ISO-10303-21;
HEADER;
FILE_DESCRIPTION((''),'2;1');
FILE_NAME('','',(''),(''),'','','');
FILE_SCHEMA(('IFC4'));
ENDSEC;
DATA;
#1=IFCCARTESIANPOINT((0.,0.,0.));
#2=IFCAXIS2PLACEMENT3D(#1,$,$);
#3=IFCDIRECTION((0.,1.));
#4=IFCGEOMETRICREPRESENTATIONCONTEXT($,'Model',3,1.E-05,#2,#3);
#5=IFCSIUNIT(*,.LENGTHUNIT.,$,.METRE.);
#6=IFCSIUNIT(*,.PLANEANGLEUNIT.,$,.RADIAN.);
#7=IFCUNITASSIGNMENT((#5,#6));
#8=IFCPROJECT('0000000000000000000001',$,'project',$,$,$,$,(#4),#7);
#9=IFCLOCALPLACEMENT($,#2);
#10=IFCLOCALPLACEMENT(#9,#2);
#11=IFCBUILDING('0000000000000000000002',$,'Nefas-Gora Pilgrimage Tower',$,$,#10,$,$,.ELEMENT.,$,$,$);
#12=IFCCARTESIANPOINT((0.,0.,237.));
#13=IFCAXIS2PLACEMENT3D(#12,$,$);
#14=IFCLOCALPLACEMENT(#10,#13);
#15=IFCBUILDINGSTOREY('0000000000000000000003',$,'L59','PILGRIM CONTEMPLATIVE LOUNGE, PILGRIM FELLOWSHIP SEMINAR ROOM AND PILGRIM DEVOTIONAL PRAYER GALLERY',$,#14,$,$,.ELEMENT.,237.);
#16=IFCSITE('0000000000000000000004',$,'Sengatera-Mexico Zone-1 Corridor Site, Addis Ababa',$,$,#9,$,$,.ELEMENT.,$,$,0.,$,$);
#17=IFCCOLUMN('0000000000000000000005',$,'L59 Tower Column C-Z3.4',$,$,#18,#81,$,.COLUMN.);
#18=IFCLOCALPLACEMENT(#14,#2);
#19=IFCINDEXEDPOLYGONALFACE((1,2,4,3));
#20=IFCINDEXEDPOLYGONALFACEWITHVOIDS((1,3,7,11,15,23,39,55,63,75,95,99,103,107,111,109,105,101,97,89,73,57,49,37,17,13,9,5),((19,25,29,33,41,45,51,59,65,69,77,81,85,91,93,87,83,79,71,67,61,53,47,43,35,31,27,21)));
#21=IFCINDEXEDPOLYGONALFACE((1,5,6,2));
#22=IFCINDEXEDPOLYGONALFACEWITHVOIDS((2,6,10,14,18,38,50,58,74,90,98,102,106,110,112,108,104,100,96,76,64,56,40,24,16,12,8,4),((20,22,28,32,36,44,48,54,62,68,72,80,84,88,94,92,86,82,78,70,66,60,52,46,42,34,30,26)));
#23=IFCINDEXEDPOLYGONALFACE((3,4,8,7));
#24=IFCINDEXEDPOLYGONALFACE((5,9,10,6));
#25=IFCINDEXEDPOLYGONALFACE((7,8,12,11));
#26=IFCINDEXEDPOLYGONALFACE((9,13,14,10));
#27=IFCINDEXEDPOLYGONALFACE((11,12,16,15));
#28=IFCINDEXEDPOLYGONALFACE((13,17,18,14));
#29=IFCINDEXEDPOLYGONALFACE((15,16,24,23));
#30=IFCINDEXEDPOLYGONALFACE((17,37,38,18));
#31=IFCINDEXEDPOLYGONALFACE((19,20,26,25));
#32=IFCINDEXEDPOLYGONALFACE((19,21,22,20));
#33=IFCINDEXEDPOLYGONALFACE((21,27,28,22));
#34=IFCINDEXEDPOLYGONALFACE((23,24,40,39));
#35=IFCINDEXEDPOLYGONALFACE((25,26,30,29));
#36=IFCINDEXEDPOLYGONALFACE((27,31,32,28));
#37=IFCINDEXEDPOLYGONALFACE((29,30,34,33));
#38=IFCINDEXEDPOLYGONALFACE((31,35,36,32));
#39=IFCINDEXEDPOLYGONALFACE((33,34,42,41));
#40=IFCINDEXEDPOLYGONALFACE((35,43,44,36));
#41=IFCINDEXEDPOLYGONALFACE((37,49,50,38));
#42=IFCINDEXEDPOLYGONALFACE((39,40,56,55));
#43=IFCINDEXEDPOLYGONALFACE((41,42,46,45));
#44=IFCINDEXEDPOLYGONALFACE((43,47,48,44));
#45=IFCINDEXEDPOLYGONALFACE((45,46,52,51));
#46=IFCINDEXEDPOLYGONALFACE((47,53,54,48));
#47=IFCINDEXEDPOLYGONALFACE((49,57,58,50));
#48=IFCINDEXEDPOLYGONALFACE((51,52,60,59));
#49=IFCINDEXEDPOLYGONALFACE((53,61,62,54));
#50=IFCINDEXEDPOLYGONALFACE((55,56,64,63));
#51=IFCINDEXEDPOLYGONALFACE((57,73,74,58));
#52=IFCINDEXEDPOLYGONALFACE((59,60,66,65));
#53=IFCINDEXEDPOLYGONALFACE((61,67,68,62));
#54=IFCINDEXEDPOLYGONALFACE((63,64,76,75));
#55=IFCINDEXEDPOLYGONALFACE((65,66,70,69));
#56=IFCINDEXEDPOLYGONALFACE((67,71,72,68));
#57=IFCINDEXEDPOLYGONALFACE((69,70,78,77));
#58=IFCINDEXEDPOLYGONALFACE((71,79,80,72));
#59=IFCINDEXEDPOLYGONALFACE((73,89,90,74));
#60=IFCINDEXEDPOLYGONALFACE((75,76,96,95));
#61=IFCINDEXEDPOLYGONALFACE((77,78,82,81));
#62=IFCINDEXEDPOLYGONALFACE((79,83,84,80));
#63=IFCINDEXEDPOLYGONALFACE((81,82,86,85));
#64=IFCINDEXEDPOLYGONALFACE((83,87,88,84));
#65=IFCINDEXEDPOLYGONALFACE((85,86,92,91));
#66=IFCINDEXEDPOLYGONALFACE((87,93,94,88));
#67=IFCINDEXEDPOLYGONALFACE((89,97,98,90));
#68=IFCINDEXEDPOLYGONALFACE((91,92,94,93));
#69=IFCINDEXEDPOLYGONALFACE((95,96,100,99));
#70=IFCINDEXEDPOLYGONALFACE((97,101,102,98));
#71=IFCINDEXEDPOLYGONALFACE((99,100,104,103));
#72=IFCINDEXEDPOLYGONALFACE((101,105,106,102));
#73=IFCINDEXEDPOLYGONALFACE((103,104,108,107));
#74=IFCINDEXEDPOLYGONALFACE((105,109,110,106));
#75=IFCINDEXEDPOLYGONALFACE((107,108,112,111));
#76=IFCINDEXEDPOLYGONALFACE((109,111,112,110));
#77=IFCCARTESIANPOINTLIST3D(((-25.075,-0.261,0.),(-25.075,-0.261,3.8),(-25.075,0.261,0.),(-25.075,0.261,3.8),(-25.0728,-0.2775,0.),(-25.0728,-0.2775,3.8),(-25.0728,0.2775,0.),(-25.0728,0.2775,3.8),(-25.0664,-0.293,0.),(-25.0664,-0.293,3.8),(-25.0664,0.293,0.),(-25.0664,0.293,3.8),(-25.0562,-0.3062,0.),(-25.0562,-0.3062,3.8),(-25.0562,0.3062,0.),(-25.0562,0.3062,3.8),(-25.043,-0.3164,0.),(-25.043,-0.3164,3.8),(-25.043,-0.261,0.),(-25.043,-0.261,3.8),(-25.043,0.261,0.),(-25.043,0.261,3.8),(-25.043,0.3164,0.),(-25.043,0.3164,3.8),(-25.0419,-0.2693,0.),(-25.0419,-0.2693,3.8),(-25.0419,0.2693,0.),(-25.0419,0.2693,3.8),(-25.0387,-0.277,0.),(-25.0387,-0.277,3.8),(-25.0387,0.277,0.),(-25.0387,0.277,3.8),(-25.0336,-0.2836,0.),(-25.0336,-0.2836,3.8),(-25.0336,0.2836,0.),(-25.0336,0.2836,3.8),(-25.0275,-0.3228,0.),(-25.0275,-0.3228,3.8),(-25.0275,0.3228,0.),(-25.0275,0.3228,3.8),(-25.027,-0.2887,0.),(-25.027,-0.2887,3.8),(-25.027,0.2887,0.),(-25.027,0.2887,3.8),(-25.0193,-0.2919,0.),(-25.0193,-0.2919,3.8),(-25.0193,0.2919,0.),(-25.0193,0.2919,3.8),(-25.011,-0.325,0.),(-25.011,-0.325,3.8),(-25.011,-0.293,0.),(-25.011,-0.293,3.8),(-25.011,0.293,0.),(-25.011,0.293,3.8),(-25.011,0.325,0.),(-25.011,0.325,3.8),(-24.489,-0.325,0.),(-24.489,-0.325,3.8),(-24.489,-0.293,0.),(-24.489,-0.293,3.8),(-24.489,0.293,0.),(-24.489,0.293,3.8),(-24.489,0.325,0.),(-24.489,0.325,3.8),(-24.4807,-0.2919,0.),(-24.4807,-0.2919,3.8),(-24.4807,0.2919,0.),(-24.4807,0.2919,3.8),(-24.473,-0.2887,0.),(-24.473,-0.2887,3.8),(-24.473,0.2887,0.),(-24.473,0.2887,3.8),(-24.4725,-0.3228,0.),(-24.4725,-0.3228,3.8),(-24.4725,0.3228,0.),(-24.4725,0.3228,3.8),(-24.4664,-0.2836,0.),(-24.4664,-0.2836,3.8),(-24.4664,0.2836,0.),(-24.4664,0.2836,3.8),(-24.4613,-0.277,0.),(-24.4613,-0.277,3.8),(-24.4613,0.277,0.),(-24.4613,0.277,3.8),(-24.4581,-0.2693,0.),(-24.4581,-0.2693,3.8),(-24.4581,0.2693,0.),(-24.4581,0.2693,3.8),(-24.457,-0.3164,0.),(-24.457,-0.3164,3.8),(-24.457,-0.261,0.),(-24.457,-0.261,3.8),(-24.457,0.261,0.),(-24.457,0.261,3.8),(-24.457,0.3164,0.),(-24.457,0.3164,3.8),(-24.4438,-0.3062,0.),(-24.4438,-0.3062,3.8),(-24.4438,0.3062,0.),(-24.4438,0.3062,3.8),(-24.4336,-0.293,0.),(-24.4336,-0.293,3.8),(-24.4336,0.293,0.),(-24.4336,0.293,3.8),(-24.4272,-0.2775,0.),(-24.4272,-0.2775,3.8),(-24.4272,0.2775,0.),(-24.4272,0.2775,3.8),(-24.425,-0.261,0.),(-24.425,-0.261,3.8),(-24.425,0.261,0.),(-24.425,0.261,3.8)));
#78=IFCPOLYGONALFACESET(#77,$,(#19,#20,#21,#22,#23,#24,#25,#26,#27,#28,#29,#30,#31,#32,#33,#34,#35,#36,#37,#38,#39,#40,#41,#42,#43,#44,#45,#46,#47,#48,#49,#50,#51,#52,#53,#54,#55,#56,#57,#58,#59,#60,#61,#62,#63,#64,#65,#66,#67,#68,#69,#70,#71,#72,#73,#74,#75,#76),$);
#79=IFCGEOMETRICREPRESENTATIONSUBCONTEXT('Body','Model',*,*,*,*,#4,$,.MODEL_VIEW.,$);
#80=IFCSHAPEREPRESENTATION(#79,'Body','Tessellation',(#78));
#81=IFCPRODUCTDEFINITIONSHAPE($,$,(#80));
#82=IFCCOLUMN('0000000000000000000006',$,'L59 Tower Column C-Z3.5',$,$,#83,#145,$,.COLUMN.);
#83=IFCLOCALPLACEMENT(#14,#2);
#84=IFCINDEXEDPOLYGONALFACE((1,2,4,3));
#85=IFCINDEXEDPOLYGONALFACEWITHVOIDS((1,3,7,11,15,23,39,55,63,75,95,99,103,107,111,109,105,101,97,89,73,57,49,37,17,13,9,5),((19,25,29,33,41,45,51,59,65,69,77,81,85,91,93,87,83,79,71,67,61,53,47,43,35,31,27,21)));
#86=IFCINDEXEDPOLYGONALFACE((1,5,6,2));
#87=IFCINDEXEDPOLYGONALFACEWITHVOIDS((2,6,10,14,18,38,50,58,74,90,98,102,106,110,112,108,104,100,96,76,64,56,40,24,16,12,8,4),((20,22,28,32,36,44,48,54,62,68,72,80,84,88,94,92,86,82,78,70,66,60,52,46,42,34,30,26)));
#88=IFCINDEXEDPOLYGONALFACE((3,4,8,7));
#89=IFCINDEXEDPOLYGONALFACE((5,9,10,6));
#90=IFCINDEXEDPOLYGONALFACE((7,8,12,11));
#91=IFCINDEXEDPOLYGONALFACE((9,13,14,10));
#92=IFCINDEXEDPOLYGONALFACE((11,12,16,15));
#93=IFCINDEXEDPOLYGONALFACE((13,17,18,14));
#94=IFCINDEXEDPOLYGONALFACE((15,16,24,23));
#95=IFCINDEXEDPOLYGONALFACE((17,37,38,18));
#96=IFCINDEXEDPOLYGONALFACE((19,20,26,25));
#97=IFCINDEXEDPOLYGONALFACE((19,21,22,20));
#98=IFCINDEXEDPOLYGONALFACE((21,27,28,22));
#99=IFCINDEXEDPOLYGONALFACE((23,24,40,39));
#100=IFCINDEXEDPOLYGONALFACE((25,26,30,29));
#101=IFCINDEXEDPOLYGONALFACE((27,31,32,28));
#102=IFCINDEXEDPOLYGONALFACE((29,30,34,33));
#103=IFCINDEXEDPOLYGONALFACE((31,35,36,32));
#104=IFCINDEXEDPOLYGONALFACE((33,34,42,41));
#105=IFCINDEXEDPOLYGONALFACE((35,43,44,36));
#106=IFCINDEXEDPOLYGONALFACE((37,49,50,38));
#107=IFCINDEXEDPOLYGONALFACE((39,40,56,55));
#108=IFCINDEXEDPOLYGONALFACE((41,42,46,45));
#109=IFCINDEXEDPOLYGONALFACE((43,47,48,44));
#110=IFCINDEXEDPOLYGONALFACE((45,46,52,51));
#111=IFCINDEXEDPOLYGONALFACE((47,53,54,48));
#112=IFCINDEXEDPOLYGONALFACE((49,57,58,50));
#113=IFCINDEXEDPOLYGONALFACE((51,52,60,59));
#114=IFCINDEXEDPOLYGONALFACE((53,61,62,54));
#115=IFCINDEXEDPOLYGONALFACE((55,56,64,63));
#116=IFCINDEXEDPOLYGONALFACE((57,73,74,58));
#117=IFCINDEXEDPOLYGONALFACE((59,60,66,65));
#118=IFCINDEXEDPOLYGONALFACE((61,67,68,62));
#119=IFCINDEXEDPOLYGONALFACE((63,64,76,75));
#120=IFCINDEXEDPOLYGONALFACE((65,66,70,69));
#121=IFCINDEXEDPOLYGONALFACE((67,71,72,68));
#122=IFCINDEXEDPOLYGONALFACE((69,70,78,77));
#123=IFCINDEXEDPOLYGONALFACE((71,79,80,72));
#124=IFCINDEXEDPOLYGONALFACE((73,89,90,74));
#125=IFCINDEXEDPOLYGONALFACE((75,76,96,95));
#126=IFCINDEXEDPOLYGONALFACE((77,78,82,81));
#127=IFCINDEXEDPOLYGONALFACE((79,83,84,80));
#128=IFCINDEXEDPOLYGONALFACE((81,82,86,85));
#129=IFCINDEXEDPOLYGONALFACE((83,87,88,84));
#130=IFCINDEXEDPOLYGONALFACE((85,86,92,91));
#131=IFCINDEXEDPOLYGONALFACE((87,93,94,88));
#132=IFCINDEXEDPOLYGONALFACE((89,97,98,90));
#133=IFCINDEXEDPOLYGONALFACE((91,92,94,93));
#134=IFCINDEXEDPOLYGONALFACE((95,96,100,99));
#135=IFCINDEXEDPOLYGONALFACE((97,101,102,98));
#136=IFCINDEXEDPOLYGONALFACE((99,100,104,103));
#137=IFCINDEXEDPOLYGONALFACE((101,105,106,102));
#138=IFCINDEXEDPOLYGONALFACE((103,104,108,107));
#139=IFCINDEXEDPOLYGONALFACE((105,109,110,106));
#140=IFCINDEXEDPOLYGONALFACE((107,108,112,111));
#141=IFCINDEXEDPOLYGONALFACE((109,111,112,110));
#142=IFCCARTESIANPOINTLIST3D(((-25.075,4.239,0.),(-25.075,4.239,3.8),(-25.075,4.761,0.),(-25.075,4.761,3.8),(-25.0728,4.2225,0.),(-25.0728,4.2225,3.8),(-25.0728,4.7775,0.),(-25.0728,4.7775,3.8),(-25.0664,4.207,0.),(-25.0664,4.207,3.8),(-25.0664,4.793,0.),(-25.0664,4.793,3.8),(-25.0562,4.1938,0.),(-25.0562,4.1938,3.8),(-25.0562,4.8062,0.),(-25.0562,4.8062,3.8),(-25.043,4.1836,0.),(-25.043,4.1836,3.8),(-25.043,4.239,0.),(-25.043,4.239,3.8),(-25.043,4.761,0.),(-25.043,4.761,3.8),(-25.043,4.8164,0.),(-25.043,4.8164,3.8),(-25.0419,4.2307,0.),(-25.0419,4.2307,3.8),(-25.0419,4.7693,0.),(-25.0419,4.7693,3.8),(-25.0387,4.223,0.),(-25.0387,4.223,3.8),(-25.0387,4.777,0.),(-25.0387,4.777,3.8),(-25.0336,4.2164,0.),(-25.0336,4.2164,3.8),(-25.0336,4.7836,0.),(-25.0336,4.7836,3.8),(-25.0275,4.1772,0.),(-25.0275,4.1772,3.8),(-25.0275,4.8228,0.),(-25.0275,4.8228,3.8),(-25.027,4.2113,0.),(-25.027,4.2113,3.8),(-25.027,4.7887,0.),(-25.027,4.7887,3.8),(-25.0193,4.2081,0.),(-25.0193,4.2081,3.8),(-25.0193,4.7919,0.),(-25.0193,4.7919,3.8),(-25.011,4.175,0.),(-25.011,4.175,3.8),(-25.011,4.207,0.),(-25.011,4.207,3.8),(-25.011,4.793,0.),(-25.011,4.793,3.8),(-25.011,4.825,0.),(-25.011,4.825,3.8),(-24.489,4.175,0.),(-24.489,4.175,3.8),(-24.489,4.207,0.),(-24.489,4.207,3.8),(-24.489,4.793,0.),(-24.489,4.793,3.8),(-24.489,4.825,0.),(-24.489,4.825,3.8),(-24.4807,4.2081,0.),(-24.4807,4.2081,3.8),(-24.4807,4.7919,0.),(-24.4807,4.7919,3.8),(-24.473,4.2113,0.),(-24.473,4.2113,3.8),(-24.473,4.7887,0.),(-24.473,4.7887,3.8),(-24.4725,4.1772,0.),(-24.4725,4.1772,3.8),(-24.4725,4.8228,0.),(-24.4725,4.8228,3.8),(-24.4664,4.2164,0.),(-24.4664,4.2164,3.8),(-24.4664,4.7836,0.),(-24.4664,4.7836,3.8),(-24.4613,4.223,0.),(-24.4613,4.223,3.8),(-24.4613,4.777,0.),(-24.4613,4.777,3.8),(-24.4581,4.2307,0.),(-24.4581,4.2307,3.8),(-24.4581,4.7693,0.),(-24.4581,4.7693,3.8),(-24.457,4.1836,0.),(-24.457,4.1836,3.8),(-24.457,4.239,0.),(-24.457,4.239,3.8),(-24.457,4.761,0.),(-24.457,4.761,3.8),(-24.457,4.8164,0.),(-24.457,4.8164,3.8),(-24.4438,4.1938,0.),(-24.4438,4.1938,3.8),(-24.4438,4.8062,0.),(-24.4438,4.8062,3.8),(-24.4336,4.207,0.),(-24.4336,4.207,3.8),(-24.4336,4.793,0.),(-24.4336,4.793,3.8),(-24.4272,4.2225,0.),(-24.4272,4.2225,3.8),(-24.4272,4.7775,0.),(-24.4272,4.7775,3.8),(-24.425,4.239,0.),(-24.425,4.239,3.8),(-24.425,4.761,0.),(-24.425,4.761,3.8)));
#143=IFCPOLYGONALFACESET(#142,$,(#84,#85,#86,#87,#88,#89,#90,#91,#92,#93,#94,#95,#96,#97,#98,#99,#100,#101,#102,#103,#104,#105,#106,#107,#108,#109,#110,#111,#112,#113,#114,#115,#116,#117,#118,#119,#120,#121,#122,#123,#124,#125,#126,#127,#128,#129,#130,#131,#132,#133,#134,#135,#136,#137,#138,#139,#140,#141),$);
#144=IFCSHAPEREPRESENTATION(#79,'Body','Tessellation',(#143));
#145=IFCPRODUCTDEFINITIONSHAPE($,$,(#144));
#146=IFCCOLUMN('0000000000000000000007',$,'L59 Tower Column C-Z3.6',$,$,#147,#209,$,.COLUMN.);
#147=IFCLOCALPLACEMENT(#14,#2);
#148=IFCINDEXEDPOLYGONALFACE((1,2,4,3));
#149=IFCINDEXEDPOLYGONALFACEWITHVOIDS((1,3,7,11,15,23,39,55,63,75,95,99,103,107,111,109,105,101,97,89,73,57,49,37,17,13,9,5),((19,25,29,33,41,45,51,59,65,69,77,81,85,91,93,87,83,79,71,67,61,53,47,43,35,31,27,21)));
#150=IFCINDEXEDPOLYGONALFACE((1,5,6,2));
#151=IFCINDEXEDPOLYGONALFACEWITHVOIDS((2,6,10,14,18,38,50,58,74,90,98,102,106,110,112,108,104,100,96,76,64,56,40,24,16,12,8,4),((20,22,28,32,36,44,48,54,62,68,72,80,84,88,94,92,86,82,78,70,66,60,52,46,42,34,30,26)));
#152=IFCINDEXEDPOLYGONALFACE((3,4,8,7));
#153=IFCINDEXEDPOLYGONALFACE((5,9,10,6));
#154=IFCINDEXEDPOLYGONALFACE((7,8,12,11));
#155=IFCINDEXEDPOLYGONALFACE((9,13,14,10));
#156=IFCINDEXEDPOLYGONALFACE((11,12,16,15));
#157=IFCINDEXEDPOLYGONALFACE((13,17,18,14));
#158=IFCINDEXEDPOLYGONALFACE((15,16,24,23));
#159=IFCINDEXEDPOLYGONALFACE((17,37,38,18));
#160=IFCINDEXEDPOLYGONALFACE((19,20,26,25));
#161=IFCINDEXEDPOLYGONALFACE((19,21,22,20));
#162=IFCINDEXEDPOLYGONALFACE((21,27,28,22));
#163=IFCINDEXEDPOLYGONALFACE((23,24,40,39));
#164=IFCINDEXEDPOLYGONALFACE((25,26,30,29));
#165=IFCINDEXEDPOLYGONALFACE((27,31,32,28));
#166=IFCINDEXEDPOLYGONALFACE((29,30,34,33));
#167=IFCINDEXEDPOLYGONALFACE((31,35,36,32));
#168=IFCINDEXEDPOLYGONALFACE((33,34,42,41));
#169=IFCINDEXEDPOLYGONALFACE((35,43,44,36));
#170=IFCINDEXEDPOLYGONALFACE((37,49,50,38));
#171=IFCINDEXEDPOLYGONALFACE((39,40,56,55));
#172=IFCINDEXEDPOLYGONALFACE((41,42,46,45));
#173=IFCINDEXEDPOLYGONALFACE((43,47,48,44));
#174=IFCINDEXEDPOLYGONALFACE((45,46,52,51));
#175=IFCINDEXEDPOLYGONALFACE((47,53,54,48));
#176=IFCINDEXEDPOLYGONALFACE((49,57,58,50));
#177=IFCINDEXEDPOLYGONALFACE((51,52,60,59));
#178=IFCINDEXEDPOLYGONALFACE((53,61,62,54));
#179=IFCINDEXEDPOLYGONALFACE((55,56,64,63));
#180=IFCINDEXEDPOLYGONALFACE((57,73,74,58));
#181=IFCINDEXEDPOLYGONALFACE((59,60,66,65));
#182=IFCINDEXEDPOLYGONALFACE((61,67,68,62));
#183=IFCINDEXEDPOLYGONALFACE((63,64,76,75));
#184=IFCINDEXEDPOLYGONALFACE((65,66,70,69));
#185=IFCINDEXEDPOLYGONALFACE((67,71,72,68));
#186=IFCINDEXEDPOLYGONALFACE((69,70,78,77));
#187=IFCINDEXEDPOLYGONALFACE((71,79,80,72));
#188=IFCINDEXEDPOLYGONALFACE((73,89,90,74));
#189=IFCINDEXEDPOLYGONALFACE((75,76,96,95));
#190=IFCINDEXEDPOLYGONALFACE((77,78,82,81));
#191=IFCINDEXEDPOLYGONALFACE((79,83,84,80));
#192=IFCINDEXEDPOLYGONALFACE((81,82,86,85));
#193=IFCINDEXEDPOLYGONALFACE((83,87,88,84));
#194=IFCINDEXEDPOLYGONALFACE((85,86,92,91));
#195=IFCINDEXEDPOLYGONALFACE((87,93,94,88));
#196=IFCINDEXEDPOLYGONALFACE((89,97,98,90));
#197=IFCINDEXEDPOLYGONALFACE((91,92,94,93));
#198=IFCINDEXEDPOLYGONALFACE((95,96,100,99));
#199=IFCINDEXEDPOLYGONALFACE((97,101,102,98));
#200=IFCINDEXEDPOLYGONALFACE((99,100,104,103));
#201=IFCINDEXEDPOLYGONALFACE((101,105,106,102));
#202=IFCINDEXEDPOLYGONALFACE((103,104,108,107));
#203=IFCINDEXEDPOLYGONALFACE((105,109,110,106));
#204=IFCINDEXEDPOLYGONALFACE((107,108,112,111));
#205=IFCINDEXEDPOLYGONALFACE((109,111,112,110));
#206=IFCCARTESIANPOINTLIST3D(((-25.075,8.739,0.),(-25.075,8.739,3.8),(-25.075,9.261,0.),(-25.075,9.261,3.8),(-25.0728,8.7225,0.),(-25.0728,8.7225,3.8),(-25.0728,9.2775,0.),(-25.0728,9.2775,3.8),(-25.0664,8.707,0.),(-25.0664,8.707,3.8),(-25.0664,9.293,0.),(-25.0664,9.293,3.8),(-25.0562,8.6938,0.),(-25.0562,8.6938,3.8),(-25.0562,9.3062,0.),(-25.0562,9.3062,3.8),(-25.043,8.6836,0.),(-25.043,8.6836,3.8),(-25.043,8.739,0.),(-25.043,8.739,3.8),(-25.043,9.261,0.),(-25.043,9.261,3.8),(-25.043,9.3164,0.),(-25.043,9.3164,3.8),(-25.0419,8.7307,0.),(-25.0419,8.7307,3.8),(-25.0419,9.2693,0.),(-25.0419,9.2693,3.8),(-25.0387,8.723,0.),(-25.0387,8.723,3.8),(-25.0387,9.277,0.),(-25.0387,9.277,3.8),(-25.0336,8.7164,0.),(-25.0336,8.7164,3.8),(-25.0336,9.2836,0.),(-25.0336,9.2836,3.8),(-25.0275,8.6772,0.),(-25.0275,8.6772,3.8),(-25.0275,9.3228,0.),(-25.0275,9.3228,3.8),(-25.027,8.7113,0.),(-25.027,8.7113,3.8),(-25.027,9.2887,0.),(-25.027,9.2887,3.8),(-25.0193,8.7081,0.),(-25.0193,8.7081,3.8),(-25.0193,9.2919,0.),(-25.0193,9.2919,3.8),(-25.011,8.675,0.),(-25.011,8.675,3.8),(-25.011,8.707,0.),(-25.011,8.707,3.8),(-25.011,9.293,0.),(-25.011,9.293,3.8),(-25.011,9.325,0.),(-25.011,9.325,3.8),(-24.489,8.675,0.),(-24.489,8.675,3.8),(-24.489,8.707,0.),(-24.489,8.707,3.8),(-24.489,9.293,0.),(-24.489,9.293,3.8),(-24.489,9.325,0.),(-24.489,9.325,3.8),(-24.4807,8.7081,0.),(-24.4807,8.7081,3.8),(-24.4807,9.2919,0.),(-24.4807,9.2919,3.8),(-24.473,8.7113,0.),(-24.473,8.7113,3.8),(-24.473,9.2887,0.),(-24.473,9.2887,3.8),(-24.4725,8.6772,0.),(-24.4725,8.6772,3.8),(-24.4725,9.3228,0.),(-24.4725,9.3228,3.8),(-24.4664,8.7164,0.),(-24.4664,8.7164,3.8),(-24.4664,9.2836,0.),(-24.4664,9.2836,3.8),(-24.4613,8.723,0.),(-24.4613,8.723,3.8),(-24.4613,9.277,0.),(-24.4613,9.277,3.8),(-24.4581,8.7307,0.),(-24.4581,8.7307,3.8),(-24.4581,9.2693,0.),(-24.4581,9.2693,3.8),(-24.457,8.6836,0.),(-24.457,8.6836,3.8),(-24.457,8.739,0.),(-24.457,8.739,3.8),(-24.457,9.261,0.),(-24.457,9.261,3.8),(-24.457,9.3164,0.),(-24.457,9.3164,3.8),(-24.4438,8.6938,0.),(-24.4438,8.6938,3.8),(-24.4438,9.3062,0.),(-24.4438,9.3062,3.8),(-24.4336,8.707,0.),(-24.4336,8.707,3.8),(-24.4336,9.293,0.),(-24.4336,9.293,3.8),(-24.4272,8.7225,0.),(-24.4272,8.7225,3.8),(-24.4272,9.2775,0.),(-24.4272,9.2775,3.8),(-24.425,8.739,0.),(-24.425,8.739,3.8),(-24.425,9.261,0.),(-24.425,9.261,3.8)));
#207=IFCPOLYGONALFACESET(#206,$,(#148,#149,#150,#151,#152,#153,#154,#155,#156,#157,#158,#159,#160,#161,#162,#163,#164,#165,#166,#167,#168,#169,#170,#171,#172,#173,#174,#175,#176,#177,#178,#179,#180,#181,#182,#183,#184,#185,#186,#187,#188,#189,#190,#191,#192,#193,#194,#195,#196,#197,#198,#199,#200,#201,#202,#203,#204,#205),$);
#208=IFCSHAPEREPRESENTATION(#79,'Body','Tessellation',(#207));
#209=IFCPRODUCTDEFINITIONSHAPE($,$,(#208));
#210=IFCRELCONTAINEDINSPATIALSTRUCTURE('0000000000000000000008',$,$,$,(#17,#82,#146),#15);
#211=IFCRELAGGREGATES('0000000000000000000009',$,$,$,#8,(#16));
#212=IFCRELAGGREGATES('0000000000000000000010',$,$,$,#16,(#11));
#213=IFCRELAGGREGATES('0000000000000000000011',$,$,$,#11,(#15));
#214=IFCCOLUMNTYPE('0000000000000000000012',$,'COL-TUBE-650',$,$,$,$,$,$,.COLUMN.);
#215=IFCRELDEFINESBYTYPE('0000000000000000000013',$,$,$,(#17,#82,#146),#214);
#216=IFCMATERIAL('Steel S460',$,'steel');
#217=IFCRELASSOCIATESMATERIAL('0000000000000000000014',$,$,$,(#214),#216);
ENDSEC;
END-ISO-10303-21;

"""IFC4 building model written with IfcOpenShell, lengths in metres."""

from ifc_helpers import new_model, si_unit, direction, frame, origin, origin_2d, place, context, subcontext, project, spatial, hollow_rectangle, extrude, source, transform, mapped, material, material_profile, profile_set, type_object, element, save


model = new_model("IFC4")

# Units and contexts
model_context = context("Model", 3, precision=1e-05, world=origin(), true_north=direction((0.0, 1.0)))
body_context = subcontext(model_context, "Body", "Model", "MODEL_VIEW")
ifc_project = project(units=[si_unit("LENGTHUNIT", "METRE"), si_unit("PLANEANGLEUNIT", "RADIAN")], contexts=[model_context])

# Site, building, storey
site_placement = place(None, origin())
site = spatial("IfcSite", under=ifc_project, at=site_placement, Name="Sengatera-Mexico Zone-1 Corridor Site, Addis Ababa", CompositionType="ELEMENT", RefElevation=0.0)
building_placement = place(site_placement, origin())
building = spatial("IfcBuilding", under=site, at=building_placement, Name="Nefas-Gora Pilgrimage Tower", CompositionType="ELEMENT")
storey_placement = place(building_placement, frame((0.0, 0.0, 237.0)))
storey = spatial("IfcBuildingStorey", under=building, at=storey_placement, Name="L59", Description="PILGRIM CONTEMPLATIVE LOUNGE, PILGRIM FELLOWSHIP SEMINAR ROOM AND PILGRIM DEVOTIONAL PRAYER GALLERY", CompositionType="ELEMENT", Elevation=237.0)

# Columns
ifc_material_1 = material(Name="Steel S460", Category="steel")
ifc_material_profile_1 = material_profile(ifc_material_1, hollow_rectangle(XDim=0.6499, YDim=0.6499, WallThickness=0.032, InnerFilletRadius=0.032, OuterFilletRadius=0.064, at=origin_2d()), Name="BOX 650x650x32")
ifc_profile_set_1 = profile_set([ifc_material_profile_1], Name="Steel S460")
column_type_1 = type_object("IfcColumnType", Name="COL-TUBE-650", PredefinedType="COLUMN", material=ifc_profile_set_1)
shared_shape_1 = source(origin(), body_context, "Body", "SweptSolid", [
    extrude(hollow_rectangle(XDim=0.6499, YDim=0.6499, WallThickness=0.032, InnerFilletRadius=0.032, OuterFilletRadius=0.064, at=origin_2d()), origin(), (0.0, 0.0, 1.0), 3.8),
])
for number, where, z_axis, x_axis, name in (
    (1, (-24.75, 0.0, 0.0), (0.0, 0.0, 1.0), (1.0, 0.0, 0.0), "L59 Tower Column C-Z3.4"),
    (2, (-24.75, 4.5, 0.0), (0.0, 0.0, 1.0), (1.0, 0.0, 0.0), "L59 Tower Column C-Z3.5"),
    (3, (-24.75, 9.0, 0.0), (0.0, 0.0, 1.0), (1.0, 0.0, 0.0), "L59 Tower Column C-Z3.6"),
):
    element("IfcColumn", number, at=place(storey_placement, frame(where, z_axis=z_axis, x_axis=x_axis)), inside=storey, type_object=column_type_1, Name=name, PredefinedType="COLUMN", context=body_context, shape_type="MappedRepresentation", body=[
        mapped(shared_shape_1, transform((0.0, 0.0, 0.0), x_axis=(1.0, 0.0, 0.0), y_axis=(0.0, 1.0, 0.0), z_axis=(0.0, 0.0, 1.0), scale=1.0)),
    ])

save(model, "model.ifc")
